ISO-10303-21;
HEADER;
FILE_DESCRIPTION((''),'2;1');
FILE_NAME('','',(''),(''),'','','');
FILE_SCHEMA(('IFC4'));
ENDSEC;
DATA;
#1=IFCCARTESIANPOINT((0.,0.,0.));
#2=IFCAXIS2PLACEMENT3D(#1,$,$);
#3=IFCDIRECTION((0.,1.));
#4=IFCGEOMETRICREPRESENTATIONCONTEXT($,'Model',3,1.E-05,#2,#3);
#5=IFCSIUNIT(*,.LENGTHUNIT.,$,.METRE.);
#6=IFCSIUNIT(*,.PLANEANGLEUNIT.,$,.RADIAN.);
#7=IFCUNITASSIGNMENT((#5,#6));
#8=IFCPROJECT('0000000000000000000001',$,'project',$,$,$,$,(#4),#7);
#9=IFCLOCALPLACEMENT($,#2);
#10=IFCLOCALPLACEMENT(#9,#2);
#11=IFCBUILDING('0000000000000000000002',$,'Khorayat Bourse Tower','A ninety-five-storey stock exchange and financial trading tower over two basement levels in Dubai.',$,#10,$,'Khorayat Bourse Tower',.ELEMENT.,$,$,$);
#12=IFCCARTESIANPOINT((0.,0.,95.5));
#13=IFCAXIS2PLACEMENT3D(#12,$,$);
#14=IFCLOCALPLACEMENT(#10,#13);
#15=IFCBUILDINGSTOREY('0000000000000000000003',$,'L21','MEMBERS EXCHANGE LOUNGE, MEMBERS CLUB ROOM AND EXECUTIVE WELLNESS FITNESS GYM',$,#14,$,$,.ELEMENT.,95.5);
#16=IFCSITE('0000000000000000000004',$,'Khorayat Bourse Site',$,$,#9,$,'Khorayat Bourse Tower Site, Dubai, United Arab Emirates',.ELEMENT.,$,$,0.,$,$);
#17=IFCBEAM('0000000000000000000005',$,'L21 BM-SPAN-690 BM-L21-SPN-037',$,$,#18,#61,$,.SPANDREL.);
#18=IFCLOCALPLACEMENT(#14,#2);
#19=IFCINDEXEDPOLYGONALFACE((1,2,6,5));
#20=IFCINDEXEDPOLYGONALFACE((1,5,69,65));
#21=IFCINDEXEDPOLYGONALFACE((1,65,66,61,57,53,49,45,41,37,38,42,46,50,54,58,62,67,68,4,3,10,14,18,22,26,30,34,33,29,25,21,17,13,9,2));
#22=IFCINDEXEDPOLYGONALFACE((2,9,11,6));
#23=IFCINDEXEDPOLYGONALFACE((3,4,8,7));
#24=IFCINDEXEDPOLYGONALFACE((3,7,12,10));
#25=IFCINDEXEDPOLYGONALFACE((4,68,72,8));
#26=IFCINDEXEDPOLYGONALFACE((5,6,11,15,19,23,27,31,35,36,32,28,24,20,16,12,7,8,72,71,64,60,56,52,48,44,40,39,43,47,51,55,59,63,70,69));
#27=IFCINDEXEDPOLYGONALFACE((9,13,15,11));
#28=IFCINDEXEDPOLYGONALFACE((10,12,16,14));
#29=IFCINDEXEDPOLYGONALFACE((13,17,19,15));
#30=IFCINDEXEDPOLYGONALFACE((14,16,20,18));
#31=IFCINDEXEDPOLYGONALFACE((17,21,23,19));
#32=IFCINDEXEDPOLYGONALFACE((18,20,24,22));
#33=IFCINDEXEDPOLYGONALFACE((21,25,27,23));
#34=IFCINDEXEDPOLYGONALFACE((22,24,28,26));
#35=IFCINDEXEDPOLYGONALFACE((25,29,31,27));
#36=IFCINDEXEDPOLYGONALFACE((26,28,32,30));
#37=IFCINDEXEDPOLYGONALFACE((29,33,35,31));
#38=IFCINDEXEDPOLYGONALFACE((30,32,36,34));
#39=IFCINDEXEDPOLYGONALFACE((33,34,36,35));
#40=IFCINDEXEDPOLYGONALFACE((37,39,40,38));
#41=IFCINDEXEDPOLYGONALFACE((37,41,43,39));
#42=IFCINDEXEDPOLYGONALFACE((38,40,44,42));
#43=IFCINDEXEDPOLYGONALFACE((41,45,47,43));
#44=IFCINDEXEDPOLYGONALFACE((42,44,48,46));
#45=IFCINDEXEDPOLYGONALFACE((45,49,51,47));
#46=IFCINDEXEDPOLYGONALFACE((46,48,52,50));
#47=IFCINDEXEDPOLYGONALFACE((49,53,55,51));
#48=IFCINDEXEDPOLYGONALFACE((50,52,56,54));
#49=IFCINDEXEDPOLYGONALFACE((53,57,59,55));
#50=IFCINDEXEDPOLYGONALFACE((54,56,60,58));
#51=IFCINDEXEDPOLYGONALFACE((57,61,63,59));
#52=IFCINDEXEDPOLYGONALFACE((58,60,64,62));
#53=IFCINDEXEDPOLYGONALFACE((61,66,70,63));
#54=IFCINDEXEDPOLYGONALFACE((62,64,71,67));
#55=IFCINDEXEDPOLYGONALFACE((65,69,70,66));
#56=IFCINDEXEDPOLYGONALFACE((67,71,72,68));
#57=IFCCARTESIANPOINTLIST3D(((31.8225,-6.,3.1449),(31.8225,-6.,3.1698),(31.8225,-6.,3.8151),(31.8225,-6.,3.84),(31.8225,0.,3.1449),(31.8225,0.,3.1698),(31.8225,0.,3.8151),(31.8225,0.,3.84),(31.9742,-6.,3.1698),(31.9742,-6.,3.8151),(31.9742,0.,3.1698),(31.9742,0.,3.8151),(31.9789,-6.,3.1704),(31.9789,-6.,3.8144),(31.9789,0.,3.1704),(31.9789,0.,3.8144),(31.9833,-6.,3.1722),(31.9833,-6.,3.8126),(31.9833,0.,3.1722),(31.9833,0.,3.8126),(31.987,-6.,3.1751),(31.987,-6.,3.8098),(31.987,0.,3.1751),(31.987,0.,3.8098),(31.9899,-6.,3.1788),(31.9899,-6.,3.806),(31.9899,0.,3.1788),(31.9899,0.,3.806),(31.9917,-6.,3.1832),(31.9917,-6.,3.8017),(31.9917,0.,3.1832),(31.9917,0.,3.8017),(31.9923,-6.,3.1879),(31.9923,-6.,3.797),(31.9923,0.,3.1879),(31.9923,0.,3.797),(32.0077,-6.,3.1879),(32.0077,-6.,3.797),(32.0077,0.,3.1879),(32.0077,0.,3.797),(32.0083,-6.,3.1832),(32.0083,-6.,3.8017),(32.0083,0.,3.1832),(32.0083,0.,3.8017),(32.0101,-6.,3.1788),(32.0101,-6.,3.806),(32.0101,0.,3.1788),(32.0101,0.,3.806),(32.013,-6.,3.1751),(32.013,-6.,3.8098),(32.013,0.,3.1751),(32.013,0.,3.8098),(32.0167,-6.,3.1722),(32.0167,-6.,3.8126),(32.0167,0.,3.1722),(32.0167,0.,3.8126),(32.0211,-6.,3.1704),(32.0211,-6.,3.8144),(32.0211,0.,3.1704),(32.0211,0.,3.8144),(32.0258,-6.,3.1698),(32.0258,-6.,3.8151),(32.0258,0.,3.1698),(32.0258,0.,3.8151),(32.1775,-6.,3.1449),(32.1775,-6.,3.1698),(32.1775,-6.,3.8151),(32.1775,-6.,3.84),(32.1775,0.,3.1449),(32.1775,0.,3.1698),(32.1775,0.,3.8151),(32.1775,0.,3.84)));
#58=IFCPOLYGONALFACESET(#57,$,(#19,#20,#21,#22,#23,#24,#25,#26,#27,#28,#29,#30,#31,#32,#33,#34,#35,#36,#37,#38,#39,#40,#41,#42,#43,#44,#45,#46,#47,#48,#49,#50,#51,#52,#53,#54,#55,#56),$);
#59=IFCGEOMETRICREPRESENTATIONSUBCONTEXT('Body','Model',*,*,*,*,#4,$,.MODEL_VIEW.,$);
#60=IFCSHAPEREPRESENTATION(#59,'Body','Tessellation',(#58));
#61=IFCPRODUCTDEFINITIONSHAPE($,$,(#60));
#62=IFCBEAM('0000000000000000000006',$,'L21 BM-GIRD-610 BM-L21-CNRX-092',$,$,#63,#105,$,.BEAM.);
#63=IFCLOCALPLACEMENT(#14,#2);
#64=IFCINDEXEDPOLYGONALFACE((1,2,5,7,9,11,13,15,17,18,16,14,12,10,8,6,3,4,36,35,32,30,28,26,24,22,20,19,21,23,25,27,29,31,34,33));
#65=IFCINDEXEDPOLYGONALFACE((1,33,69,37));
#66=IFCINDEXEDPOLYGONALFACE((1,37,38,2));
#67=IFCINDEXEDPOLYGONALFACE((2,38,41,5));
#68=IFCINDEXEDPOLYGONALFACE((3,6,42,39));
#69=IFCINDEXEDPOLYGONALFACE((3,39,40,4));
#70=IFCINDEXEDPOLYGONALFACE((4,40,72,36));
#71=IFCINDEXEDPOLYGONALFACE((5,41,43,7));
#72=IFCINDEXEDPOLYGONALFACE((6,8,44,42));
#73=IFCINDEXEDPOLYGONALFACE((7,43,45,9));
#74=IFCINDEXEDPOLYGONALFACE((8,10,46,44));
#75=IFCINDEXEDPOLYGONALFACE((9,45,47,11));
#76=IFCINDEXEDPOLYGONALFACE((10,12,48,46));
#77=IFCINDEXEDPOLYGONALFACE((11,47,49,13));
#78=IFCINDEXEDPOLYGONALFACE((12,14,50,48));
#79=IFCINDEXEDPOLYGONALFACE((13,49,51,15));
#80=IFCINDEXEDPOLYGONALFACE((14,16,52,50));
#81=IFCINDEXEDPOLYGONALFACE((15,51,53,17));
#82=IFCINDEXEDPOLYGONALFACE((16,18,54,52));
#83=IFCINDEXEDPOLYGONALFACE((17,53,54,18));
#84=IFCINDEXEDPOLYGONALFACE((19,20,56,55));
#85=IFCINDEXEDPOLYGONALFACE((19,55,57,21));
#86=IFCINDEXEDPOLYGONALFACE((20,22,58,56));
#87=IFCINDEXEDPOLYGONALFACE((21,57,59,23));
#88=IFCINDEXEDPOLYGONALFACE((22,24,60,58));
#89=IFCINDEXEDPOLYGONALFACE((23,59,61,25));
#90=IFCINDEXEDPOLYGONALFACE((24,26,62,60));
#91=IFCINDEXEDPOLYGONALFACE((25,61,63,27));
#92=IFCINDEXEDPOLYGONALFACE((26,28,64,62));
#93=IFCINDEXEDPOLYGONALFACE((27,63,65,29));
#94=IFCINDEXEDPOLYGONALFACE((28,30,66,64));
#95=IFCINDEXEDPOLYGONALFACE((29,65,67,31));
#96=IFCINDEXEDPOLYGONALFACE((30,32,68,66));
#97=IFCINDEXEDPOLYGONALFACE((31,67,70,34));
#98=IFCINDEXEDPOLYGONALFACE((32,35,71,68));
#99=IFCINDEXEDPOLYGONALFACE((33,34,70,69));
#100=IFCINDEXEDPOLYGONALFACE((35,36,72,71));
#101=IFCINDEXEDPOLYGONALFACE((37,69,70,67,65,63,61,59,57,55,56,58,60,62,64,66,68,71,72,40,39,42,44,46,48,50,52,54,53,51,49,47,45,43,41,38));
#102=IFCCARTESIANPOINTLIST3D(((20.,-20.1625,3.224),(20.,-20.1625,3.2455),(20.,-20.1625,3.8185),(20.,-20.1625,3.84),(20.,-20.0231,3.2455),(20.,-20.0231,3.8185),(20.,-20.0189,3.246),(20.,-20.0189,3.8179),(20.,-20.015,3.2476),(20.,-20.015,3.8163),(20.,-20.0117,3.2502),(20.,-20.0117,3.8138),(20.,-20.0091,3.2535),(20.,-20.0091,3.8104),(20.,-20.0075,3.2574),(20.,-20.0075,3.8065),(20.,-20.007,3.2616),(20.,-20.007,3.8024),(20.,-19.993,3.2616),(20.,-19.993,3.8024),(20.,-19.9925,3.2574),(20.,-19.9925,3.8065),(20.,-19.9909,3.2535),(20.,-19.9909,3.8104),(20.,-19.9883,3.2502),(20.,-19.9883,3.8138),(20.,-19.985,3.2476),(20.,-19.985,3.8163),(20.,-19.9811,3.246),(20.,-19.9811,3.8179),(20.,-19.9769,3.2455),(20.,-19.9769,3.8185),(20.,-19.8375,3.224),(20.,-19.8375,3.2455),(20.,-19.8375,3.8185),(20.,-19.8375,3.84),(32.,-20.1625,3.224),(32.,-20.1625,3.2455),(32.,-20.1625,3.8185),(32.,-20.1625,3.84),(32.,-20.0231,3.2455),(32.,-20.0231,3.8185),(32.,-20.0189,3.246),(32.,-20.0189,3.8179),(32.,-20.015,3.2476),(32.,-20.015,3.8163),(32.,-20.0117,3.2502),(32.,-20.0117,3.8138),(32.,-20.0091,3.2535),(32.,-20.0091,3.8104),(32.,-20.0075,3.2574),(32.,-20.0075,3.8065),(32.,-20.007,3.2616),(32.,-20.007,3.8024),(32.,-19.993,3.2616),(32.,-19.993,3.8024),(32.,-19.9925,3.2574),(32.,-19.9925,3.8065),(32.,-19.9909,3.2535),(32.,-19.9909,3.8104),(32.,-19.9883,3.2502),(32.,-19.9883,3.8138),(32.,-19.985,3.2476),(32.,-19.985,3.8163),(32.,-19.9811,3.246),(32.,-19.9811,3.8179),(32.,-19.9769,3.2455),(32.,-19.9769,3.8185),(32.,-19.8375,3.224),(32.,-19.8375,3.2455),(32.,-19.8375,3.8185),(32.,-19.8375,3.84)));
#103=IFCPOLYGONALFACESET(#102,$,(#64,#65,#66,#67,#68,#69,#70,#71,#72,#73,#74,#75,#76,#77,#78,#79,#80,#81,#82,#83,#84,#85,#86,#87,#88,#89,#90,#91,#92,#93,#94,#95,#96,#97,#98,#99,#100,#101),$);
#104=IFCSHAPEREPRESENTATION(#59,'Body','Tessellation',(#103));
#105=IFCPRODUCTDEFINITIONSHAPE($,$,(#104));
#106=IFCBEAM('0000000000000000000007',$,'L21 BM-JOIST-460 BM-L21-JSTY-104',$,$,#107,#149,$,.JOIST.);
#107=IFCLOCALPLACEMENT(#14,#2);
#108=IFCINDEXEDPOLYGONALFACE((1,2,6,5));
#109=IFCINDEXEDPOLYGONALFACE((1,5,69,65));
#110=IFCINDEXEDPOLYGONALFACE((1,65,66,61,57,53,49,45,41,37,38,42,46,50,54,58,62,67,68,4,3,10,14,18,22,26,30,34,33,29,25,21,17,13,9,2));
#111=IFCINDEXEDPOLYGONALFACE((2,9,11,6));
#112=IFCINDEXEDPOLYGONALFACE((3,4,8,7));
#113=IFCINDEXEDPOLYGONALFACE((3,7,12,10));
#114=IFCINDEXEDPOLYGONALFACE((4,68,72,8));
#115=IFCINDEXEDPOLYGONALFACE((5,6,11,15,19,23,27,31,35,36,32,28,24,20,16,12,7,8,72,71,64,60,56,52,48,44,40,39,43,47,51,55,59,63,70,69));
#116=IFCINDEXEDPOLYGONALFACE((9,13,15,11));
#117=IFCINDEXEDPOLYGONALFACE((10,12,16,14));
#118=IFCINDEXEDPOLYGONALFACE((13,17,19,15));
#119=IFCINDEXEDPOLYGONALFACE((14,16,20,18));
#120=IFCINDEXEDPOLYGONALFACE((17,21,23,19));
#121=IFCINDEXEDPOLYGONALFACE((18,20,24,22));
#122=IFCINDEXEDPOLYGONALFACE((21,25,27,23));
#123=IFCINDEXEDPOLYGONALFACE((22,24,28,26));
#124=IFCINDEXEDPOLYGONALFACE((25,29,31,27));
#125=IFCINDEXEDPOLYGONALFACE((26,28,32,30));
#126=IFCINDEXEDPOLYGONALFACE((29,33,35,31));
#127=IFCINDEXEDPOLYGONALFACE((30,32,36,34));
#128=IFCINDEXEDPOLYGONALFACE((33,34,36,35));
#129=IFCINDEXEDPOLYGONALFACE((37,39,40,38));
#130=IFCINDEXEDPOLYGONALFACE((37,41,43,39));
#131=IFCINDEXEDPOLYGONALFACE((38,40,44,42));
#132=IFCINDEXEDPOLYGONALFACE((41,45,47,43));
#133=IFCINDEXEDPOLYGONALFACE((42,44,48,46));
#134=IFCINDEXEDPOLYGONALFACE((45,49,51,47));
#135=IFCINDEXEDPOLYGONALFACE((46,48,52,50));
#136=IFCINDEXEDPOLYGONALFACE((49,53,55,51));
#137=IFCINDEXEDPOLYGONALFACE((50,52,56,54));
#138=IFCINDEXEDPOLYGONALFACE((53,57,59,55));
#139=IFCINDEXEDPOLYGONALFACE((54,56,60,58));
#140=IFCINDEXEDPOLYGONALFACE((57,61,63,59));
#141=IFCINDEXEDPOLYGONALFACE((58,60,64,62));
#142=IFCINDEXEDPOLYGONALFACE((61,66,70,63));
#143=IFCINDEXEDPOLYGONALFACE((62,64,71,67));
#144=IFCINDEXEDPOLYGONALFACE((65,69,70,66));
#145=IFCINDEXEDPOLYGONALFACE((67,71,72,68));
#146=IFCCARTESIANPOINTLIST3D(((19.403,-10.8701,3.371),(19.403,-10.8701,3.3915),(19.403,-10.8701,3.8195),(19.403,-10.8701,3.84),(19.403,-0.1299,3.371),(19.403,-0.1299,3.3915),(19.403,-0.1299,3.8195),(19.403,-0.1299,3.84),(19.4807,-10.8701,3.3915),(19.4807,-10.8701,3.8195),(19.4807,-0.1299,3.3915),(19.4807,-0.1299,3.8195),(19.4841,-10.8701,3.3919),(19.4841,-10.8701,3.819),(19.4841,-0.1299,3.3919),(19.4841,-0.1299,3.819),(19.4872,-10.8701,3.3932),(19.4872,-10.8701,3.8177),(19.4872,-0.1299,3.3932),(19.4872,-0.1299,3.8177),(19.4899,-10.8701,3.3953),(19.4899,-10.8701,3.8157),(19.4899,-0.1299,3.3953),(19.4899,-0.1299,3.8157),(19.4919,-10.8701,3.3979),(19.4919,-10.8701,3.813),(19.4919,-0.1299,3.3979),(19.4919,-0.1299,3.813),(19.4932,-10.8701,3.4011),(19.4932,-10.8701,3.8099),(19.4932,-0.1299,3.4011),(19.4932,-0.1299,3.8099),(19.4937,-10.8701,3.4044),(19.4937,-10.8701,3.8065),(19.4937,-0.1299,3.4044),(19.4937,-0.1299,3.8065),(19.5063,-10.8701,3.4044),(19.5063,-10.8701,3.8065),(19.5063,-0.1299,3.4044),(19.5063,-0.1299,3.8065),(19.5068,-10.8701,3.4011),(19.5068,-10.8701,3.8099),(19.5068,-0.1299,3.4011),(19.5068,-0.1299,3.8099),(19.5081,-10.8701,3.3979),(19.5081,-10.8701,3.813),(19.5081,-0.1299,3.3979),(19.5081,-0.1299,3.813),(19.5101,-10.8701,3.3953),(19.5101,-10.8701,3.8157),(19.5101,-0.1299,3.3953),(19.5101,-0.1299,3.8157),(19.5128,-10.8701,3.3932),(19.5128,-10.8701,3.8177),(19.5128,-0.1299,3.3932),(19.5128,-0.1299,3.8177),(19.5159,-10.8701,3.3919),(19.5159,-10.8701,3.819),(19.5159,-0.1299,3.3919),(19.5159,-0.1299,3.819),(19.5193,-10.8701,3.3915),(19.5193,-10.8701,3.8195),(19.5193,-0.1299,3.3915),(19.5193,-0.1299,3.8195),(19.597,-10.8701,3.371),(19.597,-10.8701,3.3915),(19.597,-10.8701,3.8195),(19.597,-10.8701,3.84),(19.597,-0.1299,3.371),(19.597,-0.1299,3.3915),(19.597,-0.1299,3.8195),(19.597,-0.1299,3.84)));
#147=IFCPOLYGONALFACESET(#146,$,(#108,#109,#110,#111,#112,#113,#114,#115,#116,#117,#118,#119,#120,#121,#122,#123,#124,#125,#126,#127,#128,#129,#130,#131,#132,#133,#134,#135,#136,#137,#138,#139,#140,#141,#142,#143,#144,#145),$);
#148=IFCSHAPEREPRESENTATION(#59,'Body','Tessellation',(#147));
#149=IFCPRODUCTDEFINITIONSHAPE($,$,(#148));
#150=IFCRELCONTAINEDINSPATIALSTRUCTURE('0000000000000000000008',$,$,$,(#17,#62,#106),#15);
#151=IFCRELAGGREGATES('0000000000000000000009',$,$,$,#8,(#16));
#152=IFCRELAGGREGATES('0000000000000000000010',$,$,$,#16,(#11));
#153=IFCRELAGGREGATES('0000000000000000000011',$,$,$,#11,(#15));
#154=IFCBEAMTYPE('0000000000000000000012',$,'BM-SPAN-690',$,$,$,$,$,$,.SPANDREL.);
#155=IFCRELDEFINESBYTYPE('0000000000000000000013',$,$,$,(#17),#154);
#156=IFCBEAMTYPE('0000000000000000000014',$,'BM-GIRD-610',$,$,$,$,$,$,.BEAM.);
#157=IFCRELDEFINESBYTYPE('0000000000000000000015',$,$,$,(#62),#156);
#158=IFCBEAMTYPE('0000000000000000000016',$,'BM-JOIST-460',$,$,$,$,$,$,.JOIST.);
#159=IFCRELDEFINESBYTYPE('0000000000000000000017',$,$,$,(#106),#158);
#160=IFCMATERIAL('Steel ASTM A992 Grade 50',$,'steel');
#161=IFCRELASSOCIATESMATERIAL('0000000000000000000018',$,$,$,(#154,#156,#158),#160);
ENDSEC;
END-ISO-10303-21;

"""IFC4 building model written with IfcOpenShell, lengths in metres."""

from ifc_helpers import new_model, si_unit, direction, frame, origin, origin_2d, place, context, subcontext, project, spatial, i_section, extrude, source, transform, mapped, material, material_profile, profile_set, type_object, element, save


model = new_model("IFC4")

# Units and contexts
model_context = context("Model", 3, precision=1e-05, world=origin(), true_north=direction((0.0, 1.0)))
body_context = subcontext(model_context, "Body", "Model", "MODEL_VIEW")
ifc_project = project(units=[si_unit("LENGTHUNIT", "METRE"), si_unit("PLANEANGLEUNIT", "RADIAN")], contexts=[model_context])

# Site, building, storey
site_placement = place(None, origin())
site = spatial("IfcSite", under=ifc_project, at=site_placement, Name="Khorayat Bourse Site", LongName="Khorayat Bourse Tower Site, Dubai, United Arab Emirates", CompositionType="ELEMENT", RefElevation=0.0)
building_placement = place(site_placement, origin())
building = spatial("IfcBuilding", under=site, at=building_placement, Name="Khorayat Bourse Tower", Description="A ninety-five-storey stock exchange and financial trading tower over two basement levels in Dubai.", LongName="Khorayat Bourse Tower", CompositionType="ELEMENT")
storey_placement = place(building_placement, frame((0.0, 0.0, 95.5)))
storey = spatial("IfcBuildingStorey", under=building, at=storey_placement, Name="L21", Description="MEMBERS EXCHANGE LOUNGE, MEMBERS CLUB ROOM AND EXECUTIVE WELLNESS FITNESS GYM", CompositionType="ELEMENT", Elevation=95.5)

# Beams
ifc_material_1 = material(Name="Steel ASTM A992 Grade 50", Category="steel")
ifc_material_profile_1 = material_profile(ifc_material_1, i_section(OverallWidth=0.355, OverallDepth=0.6951, WebThickness=0.0154, FlangeThickness=0.0249, FilletRadius=0.0181, at=origin_2d()), Name="W690X217")
ifc_profile_set_1 = profile_set([ifc_material_profile_1], Name="Steel ASTM A992 Grade 50")
beam_type_1 = type_object("IfcBeamType", Name="BM-SPAN-690", PredefinedType="SPANDREL", material=ifc_profile_set_1)
shared_shape_1 = source(origin(), body_context, "Body", "SweptSolid", [
    extrude(i_section(OverallWidth=0.355, OverallDepth=0.6951, WebThickness=0.0154, FlangeThickness=0.0249, FilletRadius=0.0181, at=origin_2d()), origin(), (0.0, 0.0, 1.0), 6.0),
])
beam_1_placement = place(storey_placement, frame((32.0, -6.0, 3.4924), z_axis=(0.0, 1.0, 0.0), x_axis=(-1.0, 0.0, 0.0)))
element("IfcBeam", 1, at=beam_1_placement, inside=storey, type_object=beam_type_1, Name="L21 BM-SPAN-690 BM-L21-SPN-037", PredefinedType="SPANDREL", context=body_context, shape_type="MappedRepresentation", body=[
    mapped(shared_shape_1, transform((0.0, 0.0, 0.0), scale=1.0)),
])
ifc_material_profile_2 = material_profile(ifc_material_1, i_section(OverallWidth=0.325, OverallDepth=0.616, WebThickness=0.0139, FlangeThickness=0.0215, FilletRadius=0.0161, at=origin_2d()), Name="W610X174")
ifc_profile_set_2 = profile_set([ifc_material_profile_2], Name="Steel ASTM A992 Grade 50")
beam_type_2 = type_object("IfcBeamType", Name="BM-GIRD-610", PredefinedType="BEAM", material=ifc_profile_set_2)
shared_shape_2 = source(origin(), body_context, "Body", "SweptSolid", [
    extrude(i_section(OverallWidth=0.325, OverallDepth=0.616, WebThickness=0.0139, FlangeThickness=0.0215, FilletRadius=0.0161, at=origin_2d()), origin(), (0.0, 0.0, 1.0), 12.0),
])
beam_2_placement = place(storey_placement, frame((20.0, -20.0, 3.532), z_axis=(1.0, 0.0, 0.0), x_axis=(0.0, 1.0, 0.0)))
element("IfcBeam", 2, at=beam_2_placement, inside=storey, type_object=beam_type_2, Name="L21 BM-GIRD-610 BM-L21-CNRX-092", PredefinedType="BEAM", context=body_context, shape_type="MappedRepresentation", body=[
    mapped(shared_shape_2, transform((0.0, 0.0, 0.0), scale=1.0)),
])
ifc_material_profile_3 = material_profile(ifc_material_1, i_section(OverallWidth=0.1941, OverallDepth=0.469, WebThickness=0.0127, FlangeThickness=0.0205, FilletRadius=0.0129, at=origin_2d()), Name="W460X106")
ifc_profile_set_3 = profile_set([ifc_material_profile_3], Name="Steel ASTM A992 Grade 50")
beam_type_3 = type_object("IfcBeamType", Name="BM-JOIST-460", PredefinedType="JOIST", material=ifc_profile_set_3)
shared_shape_3 = source(origin(), body_context, "Body", "SweptSolid", [
    extrude(i_section(OverallWidth=0.1941, OverallDepth=0.469, WebThickness=0.0127, FlangeThickness=0.0205, FilletRadius=0.0129, at=origin_2d()), origin(), (0.0, 0.0, 1.0), 10.7402),
])
beam_3_placement = place(storey_placement, frame((19.5, -10.8701, 3.6055), z_axis=(0.0, 1.0, 0.0), x_axis=(-1.0, 0.0, 0.0)))
element("IfcBeam", 3, at=beam_3_placement, inside=storey, type_object=beam_type_3, Name="L21 BM-JOIST-460 BM-L21-JSTY-104", PredefinedType="JOIST", context=body_context, shape_type="MappedRepresentation", body=[
    mapped(shared_shape_3, transform((0.0, 0.0, 0.0), scale=1.0)),
])

save(model, "model.ifc")
